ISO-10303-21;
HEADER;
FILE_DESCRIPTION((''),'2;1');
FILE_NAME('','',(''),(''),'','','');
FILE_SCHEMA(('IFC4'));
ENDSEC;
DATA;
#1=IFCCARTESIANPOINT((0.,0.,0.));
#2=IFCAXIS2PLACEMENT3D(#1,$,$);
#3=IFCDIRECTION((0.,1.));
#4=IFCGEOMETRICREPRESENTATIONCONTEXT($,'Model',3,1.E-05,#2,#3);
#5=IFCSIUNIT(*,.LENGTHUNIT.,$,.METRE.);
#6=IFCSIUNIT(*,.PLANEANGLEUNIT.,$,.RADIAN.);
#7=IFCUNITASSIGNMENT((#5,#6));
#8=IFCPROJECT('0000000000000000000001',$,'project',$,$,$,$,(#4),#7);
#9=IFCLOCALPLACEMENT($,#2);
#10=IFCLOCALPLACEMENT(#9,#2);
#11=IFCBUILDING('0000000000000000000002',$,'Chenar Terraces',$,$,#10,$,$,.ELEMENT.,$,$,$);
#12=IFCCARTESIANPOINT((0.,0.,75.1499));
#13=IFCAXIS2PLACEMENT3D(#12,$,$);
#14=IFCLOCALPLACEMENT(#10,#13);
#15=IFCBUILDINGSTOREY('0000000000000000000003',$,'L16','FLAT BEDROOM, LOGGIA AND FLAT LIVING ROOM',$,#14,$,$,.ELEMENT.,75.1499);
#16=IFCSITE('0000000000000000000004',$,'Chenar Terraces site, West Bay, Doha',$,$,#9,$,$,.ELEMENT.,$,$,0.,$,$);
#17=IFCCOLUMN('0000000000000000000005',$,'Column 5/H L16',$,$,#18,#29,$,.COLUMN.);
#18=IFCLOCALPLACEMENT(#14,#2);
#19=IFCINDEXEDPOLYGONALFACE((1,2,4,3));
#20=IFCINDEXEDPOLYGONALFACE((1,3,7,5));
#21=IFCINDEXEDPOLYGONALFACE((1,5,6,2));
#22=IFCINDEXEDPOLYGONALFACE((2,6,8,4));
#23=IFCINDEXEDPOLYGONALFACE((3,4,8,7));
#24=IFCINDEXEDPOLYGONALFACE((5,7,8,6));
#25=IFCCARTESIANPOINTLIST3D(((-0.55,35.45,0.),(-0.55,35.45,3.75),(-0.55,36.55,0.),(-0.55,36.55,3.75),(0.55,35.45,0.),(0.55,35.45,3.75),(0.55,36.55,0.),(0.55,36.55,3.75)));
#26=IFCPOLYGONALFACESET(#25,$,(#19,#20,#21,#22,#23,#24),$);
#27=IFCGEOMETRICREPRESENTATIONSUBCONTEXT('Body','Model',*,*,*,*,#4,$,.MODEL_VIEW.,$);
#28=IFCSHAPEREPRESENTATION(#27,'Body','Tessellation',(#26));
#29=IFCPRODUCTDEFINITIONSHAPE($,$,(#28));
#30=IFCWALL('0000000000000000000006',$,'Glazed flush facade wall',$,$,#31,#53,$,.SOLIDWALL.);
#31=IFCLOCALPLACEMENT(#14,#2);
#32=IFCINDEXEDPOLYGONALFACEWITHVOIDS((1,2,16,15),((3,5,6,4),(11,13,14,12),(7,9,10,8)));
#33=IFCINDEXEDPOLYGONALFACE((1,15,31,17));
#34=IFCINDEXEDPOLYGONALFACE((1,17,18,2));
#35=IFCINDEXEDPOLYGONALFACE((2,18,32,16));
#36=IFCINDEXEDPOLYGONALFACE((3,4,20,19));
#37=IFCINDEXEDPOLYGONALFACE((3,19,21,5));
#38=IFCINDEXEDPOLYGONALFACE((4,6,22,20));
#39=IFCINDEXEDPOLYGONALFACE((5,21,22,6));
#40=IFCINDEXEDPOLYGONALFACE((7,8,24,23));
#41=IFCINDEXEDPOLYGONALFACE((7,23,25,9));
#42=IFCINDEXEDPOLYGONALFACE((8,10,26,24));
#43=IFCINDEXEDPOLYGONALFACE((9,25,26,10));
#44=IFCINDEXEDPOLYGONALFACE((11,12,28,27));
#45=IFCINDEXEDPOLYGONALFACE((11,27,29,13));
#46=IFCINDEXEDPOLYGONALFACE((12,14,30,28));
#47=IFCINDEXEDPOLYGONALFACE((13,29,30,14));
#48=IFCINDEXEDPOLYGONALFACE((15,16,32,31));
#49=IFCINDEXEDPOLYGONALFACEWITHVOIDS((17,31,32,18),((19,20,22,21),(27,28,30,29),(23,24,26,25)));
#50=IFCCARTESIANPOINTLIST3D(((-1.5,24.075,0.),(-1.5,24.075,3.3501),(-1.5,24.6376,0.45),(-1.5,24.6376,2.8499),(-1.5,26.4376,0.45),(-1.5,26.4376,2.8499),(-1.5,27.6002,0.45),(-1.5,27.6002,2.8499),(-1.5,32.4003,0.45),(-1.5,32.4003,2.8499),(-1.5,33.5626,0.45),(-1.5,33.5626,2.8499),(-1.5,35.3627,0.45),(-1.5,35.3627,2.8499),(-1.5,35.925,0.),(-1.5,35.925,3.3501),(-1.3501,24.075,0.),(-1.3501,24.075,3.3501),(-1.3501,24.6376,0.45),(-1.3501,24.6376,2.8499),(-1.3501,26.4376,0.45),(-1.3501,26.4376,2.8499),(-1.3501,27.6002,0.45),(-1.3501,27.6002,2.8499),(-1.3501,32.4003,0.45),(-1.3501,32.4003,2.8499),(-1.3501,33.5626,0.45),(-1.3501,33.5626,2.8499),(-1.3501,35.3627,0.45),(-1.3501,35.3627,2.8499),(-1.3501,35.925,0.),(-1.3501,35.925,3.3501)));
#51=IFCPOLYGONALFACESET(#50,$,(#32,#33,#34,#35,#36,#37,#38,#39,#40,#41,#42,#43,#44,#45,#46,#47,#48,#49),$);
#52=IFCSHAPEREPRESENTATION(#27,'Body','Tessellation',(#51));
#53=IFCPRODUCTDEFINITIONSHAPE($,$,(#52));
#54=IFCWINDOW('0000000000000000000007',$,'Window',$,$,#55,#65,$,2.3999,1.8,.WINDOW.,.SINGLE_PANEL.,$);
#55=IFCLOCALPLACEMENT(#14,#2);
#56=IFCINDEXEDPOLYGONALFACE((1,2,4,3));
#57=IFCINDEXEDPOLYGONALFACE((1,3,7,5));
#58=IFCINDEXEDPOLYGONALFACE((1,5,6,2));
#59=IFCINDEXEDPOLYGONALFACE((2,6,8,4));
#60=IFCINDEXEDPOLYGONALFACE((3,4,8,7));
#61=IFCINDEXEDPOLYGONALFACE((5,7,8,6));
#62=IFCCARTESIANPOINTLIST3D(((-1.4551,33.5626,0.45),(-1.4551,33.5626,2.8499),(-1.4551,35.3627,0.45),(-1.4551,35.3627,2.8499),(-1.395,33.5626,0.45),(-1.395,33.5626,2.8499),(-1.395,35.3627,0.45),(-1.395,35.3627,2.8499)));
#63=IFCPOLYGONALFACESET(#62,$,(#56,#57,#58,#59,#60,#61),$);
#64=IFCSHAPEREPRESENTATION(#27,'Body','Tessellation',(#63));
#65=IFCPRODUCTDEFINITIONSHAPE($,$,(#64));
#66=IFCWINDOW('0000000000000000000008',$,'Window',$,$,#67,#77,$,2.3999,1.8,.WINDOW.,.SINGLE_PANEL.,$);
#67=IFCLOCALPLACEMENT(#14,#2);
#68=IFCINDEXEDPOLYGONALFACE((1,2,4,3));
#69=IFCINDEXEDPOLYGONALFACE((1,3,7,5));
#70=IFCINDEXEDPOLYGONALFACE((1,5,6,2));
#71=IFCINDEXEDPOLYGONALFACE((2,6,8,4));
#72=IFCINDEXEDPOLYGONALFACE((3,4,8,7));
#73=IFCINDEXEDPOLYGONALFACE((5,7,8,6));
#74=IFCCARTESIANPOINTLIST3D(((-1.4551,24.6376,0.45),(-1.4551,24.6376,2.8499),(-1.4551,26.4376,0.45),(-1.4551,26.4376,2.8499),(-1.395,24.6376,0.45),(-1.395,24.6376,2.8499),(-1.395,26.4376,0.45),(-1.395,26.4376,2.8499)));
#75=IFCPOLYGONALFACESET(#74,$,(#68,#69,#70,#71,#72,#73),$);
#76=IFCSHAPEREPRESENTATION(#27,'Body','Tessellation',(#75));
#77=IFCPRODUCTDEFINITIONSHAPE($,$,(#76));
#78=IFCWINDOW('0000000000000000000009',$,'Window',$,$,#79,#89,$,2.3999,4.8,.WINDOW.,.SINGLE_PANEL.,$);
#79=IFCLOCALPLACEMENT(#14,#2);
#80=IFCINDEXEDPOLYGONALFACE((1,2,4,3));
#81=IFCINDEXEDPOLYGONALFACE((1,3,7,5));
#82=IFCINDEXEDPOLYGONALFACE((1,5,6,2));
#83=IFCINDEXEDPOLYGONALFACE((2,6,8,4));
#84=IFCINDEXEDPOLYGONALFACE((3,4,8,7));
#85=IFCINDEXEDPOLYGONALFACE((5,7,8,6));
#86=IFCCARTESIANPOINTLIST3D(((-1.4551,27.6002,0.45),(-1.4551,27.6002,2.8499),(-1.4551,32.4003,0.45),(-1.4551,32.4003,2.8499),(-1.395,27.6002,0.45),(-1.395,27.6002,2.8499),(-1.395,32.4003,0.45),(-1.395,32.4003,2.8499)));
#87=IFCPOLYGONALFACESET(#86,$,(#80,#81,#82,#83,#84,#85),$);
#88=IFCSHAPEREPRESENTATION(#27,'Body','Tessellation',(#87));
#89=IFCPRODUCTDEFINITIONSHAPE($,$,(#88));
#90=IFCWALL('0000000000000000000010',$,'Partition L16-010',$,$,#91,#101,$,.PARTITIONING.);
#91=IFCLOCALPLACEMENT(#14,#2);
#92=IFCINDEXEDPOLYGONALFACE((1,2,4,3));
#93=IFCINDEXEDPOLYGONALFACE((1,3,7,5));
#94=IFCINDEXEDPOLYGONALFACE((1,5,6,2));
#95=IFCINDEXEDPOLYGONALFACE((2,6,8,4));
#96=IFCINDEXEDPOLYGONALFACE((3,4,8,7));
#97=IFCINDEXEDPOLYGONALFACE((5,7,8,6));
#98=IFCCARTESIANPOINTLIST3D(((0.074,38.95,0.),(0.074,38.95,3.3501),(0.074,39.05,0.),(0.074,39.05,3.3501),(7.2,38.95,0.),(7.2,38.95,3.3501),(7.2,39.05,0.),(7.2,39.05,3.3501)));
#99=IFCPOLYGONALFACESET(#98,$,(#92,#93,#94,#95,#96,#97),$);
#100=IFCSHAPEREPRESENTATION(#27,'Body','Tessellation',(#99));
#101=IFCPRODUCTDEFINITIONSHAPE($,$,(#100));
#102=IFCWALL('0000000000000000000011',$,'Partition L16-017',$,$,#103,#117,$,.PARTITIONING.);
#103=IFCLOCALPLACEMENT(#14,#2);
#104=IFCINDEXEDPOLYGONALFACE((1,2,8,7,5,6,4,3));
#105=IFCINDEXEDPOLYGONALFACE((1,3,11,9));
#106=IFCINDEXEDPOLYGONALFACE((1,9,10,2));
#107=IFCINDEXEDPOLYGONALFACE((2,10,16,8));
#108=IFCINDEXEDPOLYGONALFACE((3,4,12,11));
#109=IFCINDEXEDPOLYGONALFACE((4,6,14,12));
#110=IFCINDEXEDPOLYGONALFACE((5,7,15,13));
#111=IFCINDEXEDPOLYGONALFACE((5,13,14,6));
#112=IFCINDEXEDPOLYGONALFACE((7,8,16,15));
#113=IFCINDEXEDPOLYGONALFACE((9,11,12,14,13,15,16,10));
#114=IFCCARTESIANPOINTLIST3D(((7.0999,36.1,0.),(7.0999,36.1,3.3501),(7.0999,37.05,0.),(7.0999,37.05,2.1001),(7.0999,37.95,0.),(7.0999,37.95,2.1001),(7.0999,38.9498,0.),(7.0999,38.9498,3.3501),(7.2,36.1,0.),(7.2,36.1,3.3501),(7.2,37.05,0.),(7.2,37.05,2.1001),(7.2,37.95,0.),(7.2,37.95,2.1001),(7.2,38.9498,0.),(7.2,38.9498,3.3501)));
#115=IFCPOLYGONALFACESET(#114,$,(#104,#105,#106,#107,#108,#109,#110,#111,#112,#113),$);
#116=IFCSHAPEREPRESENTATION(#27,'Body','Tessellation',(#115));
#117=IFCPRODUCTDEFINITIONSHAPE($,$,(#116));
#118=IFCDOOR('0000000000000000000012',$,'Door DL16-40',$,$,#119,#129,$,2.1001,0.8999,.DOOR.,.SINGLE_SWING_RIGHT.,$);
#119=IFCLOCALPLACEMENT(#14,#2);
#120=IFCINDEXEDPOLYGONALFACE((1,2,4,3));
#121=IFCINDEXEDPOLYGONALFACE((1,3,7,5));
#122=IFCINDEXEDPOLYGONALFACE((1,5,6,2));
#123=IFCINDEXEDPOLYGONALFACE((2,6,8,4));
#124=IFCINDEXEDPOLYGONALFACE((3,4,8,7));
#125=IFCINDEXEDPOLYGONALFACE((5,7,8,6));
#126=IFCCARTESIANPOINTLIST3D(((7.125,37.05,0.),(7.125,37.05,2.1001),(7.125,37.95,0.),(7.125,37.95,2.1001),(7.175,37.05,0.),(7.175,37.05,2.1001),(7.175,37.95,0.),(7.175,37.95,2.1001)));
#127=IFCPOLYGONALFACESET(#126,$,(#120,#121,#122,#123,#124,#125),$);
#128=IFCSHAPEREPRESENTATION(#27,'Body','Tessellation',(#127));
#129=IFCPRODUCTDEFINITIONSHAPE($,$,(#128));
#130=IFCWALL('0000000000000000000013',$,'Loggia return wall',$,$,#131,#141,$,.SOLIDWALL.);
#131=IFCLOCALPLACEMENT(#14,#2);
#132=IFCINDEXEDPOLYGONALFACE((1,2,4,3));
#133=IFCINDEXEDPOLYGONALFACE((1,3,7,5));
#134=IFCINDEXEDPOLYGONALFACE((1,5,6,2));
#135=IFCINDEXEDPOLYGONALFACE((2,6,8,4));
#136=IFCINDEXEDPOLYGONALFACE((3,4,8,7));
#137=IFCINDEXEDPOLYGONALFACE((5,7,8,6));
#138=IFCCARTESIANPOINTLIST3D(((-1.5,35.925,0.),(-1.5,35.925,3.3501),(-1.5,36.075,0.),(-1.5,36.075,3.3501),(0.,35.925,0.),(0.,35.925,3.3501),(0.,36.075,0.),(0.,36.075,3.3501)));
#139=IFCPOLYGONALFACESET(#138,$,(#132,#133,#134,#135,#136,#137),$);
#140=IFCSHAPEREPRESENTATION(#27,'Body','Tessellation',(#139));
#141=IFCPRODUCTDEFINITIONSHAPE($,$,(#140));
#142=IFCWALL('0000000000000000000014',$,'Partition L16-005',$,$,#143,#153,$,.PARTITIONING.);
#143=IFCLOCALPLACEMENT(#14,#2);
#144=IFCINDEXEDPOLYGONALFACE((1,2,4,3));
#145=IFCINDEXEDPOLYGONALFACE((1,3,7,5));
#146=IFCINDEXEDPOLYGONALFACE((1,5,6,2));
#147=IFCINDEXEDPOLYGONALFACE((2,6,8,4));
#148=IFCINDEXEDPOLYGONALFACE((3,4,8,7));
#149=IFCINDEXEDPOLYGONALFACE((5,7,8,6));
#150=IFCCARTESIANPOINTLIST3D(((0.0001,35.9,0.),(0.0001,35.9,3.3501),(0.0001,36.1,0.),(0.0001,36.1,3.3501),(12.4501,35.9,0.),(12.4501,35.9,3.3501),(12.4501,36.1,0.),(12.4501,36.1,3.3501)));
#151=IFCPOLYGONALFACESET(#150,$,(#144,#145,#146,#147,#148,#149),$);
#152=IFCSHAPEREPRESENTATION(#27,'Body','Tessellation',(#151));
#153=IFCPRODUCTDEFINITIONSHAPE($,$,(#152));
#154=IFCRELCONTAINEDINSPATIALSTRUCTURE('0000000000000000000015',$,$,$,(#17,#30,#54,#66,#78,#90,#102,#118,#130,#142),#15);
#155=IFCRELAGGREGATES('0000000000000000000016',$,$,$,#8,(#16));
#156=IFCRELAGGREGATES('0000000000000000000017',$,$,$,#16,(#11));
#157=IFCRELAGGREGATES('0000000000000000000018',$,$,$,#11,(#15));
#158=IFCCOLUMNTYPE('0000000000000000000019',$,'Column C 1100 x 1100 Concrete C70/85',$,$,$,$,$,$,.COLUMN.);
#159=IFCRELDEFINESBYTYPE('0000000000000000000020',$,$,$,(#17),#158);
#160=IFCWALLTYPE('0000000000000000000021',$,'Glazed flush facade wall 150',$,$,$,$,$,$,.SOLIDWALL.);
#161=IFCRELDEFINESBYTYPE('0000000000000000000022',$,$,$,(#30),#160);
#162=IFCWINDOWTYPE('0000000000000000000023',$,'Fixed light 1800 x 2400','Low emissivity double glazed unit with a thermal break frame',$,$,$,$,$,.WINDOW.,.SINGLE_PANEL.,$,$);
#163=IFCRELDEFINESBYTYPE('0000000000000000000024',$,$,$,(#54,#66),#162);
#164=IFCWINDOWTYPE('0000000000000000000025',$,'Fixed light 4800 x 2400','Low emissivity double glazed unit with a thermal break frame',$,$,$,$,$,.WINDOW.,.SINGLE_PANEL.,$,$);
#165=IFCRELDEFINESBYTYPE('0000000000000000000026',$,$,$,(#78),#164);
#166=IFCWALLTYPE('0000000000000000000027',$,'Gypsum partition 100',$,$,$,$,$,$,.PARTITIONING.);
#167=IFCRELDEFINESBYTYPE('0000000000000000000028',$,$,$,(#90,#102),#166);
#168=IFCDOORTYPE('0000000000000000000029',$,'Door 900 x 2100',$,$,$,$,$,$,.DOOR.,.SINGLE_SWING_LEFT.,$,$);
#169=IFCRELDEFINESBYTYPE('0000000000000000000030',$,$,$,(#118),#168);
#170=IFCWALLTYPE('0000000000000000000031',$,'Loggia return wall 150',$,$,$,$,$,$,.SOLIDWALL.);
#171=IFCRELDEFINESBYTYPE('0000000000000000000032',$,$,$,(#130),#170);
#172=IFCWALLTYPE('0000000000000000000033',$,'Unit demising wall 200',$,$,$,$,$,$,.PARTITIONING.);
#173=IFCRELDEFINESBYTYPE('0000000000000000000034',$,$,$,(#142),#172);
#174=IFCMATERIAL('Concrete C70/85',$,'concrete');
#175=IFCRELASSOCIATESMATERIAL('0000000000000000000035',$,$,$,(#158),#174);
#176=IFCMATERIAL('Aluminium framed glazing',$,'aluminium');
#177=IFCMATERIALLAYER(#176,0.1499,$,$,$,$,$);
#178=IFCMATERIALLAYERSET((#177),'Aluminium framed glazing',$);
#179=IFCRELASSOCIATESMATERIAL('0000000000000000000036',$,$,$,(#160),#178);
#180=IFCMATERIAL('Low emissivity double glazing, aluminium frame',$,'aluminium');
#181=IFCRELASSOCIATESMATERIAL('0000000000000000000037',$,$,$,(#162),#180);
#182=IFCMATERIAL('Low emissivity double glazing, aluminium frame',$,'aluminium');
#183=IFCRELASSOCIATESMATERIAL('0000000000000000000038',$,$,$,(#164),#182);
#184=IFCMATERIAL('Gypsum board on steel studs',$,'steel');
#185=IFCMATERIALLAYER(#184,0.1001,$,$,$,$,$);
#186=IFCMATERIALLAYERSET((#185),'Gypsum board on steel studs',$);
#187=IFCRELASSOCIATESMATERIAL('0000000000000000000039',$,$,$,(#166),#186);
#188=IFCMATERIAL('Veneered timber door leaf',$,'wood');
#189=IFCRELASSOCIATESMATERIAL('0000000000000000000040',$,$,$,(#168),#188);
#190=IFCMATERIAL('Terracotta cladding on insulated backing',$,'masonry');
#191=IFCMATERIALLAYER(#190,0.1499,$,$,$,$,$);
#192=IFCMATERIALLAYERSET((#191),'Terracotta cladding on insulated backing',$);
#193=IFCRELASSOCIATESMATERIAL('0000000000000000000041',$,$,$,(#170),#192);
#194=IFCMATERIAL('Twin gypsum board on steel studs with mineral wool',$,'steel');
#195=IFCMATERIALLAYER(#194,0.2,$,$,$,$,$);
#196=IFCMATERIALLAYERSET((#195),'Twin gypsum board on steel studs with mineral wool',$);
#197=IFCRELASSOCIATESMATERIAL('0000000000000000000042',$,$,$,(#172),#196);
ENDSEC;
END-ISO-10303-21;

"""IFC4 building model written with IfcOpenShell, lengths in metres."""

from ifc_helpers import new_model, si_unit, direction, frame, frame_2d, origin, origin_2d, place, context, subcontext, project, spatial, rectangle, extrude, material, layer, layer_set, material_profile, profile_set, type_object, element, fill, save


model = new_model("IFC4")

# Units and contexts
model_context = context("Model", 3, precision=1e-05, world=origin(), true_north=direction((0.0, 1.0)))
body_context = subcontext(model_context, "Body", "Model", "MODEL_VIEW")
ifc_project = project(units=[si_unit("LENGTHUNIT", "METRE"), si_unit("PLANEANGLEUNIT", "RADIAN")], contexts=[model_context])

# Site, building, storey
site_placement = place(None, origin())
site = spatial("IfcSite", under=ifc_project, at=site_placement, Name="Chenar Terraces site, West Bay, Doha", CompositionType="ELEMENT", RefElevation=0.0)
building_placement = place(site_placement, origin())
building = spatial("IfcBuilding", under=site, at=building_placement, Name="Chenar Terraces", CompositionType="ELEMENT")
storey_placement = place(building_placement, frame((0.0, 0.0, 75.1499)))
storey = spatial("IfcBuildingStorey", under=building, at=storey_placement, Name="L16", Description="FLAT BEDROOM, LOGGIA AND FLAT LIVING ROOM", CompositionType="ELEMENT", Elevation=75.1499)

# Column
ifc_material_1 = material(Name="Concrete C70/85", Category="concrete")
ifc_material_profile = material_profile(ifc_material_1, rectangle(XDim=1.1001, YDim=1.1001, at=origin_2d()), Name="C 1100 x 1100")
ifc_profile_set = profile_set([ifc_material_profile], Name="Concrete C70/85")
column_type = type_object("IfcColumnType", Name="Column C 1100 x 1100 Concrete C70/85", PredefinedType="COLUMN", material=ifc_profile_set)
placement = place(storey_placement, frame((0.0, 36.0, 0.0), z_axis=(0.0, 0.0, 1.0), x_axis=(1.0, 0.0, 0.0)))
element("IfcColumn", 1, at=placement, inside=storey, type_object=column_type, Name="Column 5/H L16", PredefinedType="COLUMN", context=body_context, shape_type="SweptSolid", body=[
    extrude(rectangle(XDim=1.1001, YDim=1.1001, at=origin_2d()), origin(), (0.0, 0.0, 1.0), 3.75),
])

# Wall, openings, windows
ifc_material_2 = material(Name="Aluminium framed glazing", Category="aluminium")
ifc_layer_1 = layer(ifc_material_2, 0.1499)
ifc_layer_set_1 = layer_set([ifc_layer_1], Name="Aluminium framed glazing")
wall_type_1 = type_object("IfcWallType", Name="Glazed flush facade wall 150", PredefinedType="SOLIDWALL", material=ifc_layer_set_1)
wall_1_placement = place(storey_placement, frame((-1.425, 35.925, 0.0), z_axis=(0.0, 0.0, 1.0), x_axis=(0.0, -1.0, 0.0)))
wall_1 = element("IfcWall", 2, at=wall_1_placement, inside=storey, type_object=wall_type_1, Name="Glazed flush facade wall", PredefinedType="SOLIDWALL", context=body_context, shape_type="SweptSolid", body=[
    extrude(rectangle(XDim=11.8501, YDim=0.1499, at=frame_2d((5.925, 0.0))), origin(), (0.0, 0.0, 1.0), 3.3501),
])
opening_1_placement = place(wall_1_placement, frame((0.5625, 0.0, 0.45)))
opening_1 = element("IfcOpeningElement", 3, at=opening_1_placement, cuts=wall_1, PredefinedType="OPENING", context=body_context, shape_type="SweptSolid", body=[
    extrude(rectangle(XDim=1.8, YDim=2.3999, at=frame_2d((0.8999, 1.2))), frame((0.0, 0.085, 0.0), z_axis=(0.0, -1.0, 0.0), x_axis=(1.0, 0.0, 0.0)), (0.0, 0.0, 1.0), 0.1699),
])
opening_2_placement = place(wall_1_placement, frame((3.5249, 0.0, 0.45)))
opening_2 = element("IfcOpeningElement", 4, at=opening_2_placement, cuts=wall_1, PredefinedType="OPENING", context=body_context, shape_type="SweptSolid", body=[
    extrude(rectangle(XDim=4.8, YDim=2.3999, at=frame_2d((2.3999, 1.2))), frame((0.0, 0.085, 0.0), z_axis=(0.0, -1.0, 0.0), x_axis=(1.0, 0.0, 0.0)), (0.0, 0.0, 1.0), 0.1699),
])
opening_3_placement = place(wall_1_placement, frame((9.4875, 0.0, 0.45)))
opening_3 = element("IfcOpeningElement", 5, at=opening_3_placement, cuts=wall_1, PredefinedType="OPENING", context=body_context, shape_type="SweptSolid", body=[
    extrude(rectangle(XDim=1.8, YDim=2.3999, at=frame_2d((0.8999, 1.2))), frame((0.0, 0.085, 0.0), z_axis=(0.0, -1.0, 0.0), x_axis=(1.0, 0.0, 0.0)), (0.0, 0.0, 1.0), 0.1699),
])
ifc_material_3 = material(Name="Low emissivity double glazing, aluminium frame", Category="aluminium")
window_type_1 = type_object("IfcWindowType", Name="Fixed light 1800 x 2400", Description="Low emissivity double glazed unit with a thermal break frame", PartitioningType="SINGLE_PANEL", PredefinedType="WINDOW", material=ifc_material_3)
window_1_placement = place(opening_1_placement, origin())
window_1 = element("IfcWindow", 6, at=window_1_placement, inside=storey, type_object=window_type_1, Name="Window", OverallHeight=2.3999, OverallWidth=1.8, PartitioningType="SINGLE_PANEL", PredefinedType="WINDOW", context=body_context, shape_type="SweptSolid", body=[
    extrude(rectangle(XDim=1.8, YDim=2.3999, at=frame_2d((0.8999, 1.2))), frame((0.0, 0.03, 0.0), z_axis=(0.0, -1.0, 0.0), x_axis=(1.0, 0.0, 0.0)), (0.0, 0.0, 1.0), 0.0601),
])
fill(opening_1, window_1)
window_2_placement = place(opening_3_placement, origin())
window_2 = element("IfcWindow", 7, at=window_2_placement, inside=storey, type_object=window_type_1, Name="Window", OverallHeight=2.3999, OverallWidth=1.8, PartitioningType="SINGLE_PANEL", PredefinedType="WINDOW", context=body_context, shape_type="SweptSolid", body=[
    extrude(rectangle(XDim=1.8, YDim=2.3999, at=frame_2d((0.8999, 1.2))), frame((0.0, 0.03, 0.0), z_axis=(0.0, -1.0, 0.0), x_axis=(1.0, 0.0, 0.0)), (0.0, 0.0, 1.0), 0.0601),
])
fill(opening_3, window_2)
ifc_material_4 = material(Name="Low emissivity double glazing, aluminium frame", Category="aluminium")
window_type_2 = type_object("IfcWindowType", Name="Fixed light 4800 x 2400", Description="Low emissivity double glazed unit with a thermal break frame", PartitioningType="SINGLE_PANEL", PredefinedType="WINDOW", material=ifc_material_4)
window_3_placement = place(opening_2_placement, origin())
window_3 = element("IfcWindow", 8, at=window_3_placement, inside=storey, type_object=window_type_2, Name="Window", OverallHeight=2.3999, OverallWidth=4.8, PartitioningType="SINGLE_PANEL", PredefinedType="WINDOW", context=body_context, shape_type="SweptSolid", body=[
    extrude(rectangle(XDim=4.8, YDim=2.3999, at=frame_2d((2.3999, 1.2))), frame((0.0, 0.03, 0.0), z_axis=(0.0, -1.0, 0.0), x_axis=(1.0, 0.0, 0.0)), (0.0, 0.0, 1.0), 0.0601),
])
fill(opening_2, window_3)

# Wall
ifc_material_5 = material(Name="Gypsum board on steel studs", Category="steel")
ifc_layer_2 = layer(ifc_material_5, 0.1001)
ifc_layer_set_2 = layer_set([ifc_layer_2], Name="Gypsum board on steel studs")
wall_type_2 = type_object("IfcWallType", Name="Gypsum partition 100", PredefinedType="PARTITIONING", material=ifc_layer_set_2)
wall_2_placement = place(storey_placement, frame((0.074, 39.0, 0.0), z_axis=(0.0, 0.0, 1.0), x_axis=(1.0, 0.0, 0.0)))
element("IfcWall", 9, at=wall_2_placement, inside=storey, type_object=wall_type_2, Name="Partition L16-010", PredefinedType="PARTITIONING", context=body_context, shape_type="SweptSolid", body=[
    extrude(rectangle(XDim=7.126, YDim=0.1001, at=frame_2d((3.563, 0.0))), origin(), (0.0, 0.0, 1.0), 3.3501),
])

# Wall, opening, door
wall_3_placement = place(storey_placement, frame((7.1499, 36.1001, 0.0), z_axis=(0.0, 0.0, 1.0), x_axis=(0.0, 1.0, 0.0)))
wall_3 = element("IfcWall", 10, at=wall_3_placement, inside=storey, type_object=wall_type_2, Name="Partition L16-017", PredefinedType="PARTITIONING", context=body_context, shape_type="SweptSolid", body=[
    extrude(rectangle(XDim=2.8499, YDim=0.1001, at=frame_2d((1.4248, 0.0))), origin(), (0.0, 0.0, 1.0), 3.3501),
])
opening_4_placement = place(wall_3_placement, frame((0.95, 0.0, 0.0)))
opening_4 = element("IfcOpeningElement", 11, at=opening_4_placement, cuts=wall_3, PredefinedType="OPENING", context=body_context, shape_type="SweptSolid", body=[
    extrude(rectangle(XDim=0.8999, YDim=2.1001, at=frame_2d((0.45, 1.05))), frame((0.0, 0.0601, 0.0), z_axis=(0.0, -1.0, 0.0), x_axis=(1.0, 0.0, 0.0)), (0.0, 0.0, 1.0), 0.1201),
])
ifc_material_6 = material(Name="Veneered timber door leaf", Category="wood")
door_type_1 = type_object("IfcDoorType", Name="Door 900 x 2100", OperationType="SINGLE_SWING_LEFT", PredefinedType="DOOR", material=ifc_material_6)
door_1_placement = place(opening_4_placement, origin())
door_1 = element("IfcDoor", 12, at=door_1_placement, inside=storey, type_object=door_type_1, Name="Door DL16-40", OperationType="SINGLE_SWING_RIGHT", OverallHeight=2.1001, OverallWidth=0.8999, PredefinedType="DOOR", context=body_context, shape_type="SweptSolid", body=[
    extrude(rectangle(XDim=0.8999, YDim=2.1001, at=frame_2d((0.45, 1.05))), frame((0.0, 0.0249, 0.0), z_axis=(0.0, -1.0, 0.0), x_axis=(1.0, 0.0, 0.0)), (0.0, 0.0, 1.0), 0.05),
])
fill(opening_4, door_1)

# Walls
ifc_material_7 = material(Name="Terracotta cladding on insulated backing", Category="masonry")
ifc_layer_3 = layer(ifc_material_7, 0.1499)
ifc_layer_set_3 = layer_set([ifc_layer_3], Name="Terracotta cladding on insulated backing")
wall_type_3 = type_object("IfcWallType", Name="Loggia return wall 150", PredefinedType="SOLIDWALL", material=ifc_layer_set_3)
wall_4_placement = place(storey_placement, frame((-1.5, 36.0, 0.0), z_axis=(0.0, 0.0, 1.0), x_axis=(1.0, 0.0, 0.0)))
element("IfcWall", 13, at=wall_4_placement, inside=storey, type_object=wall_type_3, Name="Loggia return wall", PredefinedType="SOLIDWALL", context=body_context, shape_type="SweptSolid", body=[
    extrude(rectangle(XDim=1.5, YDim=0.1499, at=frame_2d((0.75, 0.0))), origin(), (0.0, 0.0, 1.0), 3.3501),
])
ifc_material_8 = material(Name="Twin gypsum board on steel studs with mineral wool", Category="steel")
ifc_layer_4 = layer(ifc_material_8, 0.2)
ifc_layer_set_4 = layer_set([ifc_layer_4], Name="Twin gypsum board on steel studs with mineral wool")
wall_type_4 = type_object("IfcWallType", Name="Unit demising wall 200", PredefinedType="PARTITIONING", material=ifc_layer_set_4)
element("IfcWall", 14, at=placement, inside=storey, type_object=wall_type_4, Name="Partition L16-005", PredefinedType="PARTITIONING", context=body_context, shape_type="SweptSolid", body=[
    extrude(rectangle(XDim=12.45, YDim=0.2, at=frame_2d((6.2251, 0.0))), origin(), (0.0, 0.0, 1.0), 3.3501),
])

save(model, "model.ifc")
